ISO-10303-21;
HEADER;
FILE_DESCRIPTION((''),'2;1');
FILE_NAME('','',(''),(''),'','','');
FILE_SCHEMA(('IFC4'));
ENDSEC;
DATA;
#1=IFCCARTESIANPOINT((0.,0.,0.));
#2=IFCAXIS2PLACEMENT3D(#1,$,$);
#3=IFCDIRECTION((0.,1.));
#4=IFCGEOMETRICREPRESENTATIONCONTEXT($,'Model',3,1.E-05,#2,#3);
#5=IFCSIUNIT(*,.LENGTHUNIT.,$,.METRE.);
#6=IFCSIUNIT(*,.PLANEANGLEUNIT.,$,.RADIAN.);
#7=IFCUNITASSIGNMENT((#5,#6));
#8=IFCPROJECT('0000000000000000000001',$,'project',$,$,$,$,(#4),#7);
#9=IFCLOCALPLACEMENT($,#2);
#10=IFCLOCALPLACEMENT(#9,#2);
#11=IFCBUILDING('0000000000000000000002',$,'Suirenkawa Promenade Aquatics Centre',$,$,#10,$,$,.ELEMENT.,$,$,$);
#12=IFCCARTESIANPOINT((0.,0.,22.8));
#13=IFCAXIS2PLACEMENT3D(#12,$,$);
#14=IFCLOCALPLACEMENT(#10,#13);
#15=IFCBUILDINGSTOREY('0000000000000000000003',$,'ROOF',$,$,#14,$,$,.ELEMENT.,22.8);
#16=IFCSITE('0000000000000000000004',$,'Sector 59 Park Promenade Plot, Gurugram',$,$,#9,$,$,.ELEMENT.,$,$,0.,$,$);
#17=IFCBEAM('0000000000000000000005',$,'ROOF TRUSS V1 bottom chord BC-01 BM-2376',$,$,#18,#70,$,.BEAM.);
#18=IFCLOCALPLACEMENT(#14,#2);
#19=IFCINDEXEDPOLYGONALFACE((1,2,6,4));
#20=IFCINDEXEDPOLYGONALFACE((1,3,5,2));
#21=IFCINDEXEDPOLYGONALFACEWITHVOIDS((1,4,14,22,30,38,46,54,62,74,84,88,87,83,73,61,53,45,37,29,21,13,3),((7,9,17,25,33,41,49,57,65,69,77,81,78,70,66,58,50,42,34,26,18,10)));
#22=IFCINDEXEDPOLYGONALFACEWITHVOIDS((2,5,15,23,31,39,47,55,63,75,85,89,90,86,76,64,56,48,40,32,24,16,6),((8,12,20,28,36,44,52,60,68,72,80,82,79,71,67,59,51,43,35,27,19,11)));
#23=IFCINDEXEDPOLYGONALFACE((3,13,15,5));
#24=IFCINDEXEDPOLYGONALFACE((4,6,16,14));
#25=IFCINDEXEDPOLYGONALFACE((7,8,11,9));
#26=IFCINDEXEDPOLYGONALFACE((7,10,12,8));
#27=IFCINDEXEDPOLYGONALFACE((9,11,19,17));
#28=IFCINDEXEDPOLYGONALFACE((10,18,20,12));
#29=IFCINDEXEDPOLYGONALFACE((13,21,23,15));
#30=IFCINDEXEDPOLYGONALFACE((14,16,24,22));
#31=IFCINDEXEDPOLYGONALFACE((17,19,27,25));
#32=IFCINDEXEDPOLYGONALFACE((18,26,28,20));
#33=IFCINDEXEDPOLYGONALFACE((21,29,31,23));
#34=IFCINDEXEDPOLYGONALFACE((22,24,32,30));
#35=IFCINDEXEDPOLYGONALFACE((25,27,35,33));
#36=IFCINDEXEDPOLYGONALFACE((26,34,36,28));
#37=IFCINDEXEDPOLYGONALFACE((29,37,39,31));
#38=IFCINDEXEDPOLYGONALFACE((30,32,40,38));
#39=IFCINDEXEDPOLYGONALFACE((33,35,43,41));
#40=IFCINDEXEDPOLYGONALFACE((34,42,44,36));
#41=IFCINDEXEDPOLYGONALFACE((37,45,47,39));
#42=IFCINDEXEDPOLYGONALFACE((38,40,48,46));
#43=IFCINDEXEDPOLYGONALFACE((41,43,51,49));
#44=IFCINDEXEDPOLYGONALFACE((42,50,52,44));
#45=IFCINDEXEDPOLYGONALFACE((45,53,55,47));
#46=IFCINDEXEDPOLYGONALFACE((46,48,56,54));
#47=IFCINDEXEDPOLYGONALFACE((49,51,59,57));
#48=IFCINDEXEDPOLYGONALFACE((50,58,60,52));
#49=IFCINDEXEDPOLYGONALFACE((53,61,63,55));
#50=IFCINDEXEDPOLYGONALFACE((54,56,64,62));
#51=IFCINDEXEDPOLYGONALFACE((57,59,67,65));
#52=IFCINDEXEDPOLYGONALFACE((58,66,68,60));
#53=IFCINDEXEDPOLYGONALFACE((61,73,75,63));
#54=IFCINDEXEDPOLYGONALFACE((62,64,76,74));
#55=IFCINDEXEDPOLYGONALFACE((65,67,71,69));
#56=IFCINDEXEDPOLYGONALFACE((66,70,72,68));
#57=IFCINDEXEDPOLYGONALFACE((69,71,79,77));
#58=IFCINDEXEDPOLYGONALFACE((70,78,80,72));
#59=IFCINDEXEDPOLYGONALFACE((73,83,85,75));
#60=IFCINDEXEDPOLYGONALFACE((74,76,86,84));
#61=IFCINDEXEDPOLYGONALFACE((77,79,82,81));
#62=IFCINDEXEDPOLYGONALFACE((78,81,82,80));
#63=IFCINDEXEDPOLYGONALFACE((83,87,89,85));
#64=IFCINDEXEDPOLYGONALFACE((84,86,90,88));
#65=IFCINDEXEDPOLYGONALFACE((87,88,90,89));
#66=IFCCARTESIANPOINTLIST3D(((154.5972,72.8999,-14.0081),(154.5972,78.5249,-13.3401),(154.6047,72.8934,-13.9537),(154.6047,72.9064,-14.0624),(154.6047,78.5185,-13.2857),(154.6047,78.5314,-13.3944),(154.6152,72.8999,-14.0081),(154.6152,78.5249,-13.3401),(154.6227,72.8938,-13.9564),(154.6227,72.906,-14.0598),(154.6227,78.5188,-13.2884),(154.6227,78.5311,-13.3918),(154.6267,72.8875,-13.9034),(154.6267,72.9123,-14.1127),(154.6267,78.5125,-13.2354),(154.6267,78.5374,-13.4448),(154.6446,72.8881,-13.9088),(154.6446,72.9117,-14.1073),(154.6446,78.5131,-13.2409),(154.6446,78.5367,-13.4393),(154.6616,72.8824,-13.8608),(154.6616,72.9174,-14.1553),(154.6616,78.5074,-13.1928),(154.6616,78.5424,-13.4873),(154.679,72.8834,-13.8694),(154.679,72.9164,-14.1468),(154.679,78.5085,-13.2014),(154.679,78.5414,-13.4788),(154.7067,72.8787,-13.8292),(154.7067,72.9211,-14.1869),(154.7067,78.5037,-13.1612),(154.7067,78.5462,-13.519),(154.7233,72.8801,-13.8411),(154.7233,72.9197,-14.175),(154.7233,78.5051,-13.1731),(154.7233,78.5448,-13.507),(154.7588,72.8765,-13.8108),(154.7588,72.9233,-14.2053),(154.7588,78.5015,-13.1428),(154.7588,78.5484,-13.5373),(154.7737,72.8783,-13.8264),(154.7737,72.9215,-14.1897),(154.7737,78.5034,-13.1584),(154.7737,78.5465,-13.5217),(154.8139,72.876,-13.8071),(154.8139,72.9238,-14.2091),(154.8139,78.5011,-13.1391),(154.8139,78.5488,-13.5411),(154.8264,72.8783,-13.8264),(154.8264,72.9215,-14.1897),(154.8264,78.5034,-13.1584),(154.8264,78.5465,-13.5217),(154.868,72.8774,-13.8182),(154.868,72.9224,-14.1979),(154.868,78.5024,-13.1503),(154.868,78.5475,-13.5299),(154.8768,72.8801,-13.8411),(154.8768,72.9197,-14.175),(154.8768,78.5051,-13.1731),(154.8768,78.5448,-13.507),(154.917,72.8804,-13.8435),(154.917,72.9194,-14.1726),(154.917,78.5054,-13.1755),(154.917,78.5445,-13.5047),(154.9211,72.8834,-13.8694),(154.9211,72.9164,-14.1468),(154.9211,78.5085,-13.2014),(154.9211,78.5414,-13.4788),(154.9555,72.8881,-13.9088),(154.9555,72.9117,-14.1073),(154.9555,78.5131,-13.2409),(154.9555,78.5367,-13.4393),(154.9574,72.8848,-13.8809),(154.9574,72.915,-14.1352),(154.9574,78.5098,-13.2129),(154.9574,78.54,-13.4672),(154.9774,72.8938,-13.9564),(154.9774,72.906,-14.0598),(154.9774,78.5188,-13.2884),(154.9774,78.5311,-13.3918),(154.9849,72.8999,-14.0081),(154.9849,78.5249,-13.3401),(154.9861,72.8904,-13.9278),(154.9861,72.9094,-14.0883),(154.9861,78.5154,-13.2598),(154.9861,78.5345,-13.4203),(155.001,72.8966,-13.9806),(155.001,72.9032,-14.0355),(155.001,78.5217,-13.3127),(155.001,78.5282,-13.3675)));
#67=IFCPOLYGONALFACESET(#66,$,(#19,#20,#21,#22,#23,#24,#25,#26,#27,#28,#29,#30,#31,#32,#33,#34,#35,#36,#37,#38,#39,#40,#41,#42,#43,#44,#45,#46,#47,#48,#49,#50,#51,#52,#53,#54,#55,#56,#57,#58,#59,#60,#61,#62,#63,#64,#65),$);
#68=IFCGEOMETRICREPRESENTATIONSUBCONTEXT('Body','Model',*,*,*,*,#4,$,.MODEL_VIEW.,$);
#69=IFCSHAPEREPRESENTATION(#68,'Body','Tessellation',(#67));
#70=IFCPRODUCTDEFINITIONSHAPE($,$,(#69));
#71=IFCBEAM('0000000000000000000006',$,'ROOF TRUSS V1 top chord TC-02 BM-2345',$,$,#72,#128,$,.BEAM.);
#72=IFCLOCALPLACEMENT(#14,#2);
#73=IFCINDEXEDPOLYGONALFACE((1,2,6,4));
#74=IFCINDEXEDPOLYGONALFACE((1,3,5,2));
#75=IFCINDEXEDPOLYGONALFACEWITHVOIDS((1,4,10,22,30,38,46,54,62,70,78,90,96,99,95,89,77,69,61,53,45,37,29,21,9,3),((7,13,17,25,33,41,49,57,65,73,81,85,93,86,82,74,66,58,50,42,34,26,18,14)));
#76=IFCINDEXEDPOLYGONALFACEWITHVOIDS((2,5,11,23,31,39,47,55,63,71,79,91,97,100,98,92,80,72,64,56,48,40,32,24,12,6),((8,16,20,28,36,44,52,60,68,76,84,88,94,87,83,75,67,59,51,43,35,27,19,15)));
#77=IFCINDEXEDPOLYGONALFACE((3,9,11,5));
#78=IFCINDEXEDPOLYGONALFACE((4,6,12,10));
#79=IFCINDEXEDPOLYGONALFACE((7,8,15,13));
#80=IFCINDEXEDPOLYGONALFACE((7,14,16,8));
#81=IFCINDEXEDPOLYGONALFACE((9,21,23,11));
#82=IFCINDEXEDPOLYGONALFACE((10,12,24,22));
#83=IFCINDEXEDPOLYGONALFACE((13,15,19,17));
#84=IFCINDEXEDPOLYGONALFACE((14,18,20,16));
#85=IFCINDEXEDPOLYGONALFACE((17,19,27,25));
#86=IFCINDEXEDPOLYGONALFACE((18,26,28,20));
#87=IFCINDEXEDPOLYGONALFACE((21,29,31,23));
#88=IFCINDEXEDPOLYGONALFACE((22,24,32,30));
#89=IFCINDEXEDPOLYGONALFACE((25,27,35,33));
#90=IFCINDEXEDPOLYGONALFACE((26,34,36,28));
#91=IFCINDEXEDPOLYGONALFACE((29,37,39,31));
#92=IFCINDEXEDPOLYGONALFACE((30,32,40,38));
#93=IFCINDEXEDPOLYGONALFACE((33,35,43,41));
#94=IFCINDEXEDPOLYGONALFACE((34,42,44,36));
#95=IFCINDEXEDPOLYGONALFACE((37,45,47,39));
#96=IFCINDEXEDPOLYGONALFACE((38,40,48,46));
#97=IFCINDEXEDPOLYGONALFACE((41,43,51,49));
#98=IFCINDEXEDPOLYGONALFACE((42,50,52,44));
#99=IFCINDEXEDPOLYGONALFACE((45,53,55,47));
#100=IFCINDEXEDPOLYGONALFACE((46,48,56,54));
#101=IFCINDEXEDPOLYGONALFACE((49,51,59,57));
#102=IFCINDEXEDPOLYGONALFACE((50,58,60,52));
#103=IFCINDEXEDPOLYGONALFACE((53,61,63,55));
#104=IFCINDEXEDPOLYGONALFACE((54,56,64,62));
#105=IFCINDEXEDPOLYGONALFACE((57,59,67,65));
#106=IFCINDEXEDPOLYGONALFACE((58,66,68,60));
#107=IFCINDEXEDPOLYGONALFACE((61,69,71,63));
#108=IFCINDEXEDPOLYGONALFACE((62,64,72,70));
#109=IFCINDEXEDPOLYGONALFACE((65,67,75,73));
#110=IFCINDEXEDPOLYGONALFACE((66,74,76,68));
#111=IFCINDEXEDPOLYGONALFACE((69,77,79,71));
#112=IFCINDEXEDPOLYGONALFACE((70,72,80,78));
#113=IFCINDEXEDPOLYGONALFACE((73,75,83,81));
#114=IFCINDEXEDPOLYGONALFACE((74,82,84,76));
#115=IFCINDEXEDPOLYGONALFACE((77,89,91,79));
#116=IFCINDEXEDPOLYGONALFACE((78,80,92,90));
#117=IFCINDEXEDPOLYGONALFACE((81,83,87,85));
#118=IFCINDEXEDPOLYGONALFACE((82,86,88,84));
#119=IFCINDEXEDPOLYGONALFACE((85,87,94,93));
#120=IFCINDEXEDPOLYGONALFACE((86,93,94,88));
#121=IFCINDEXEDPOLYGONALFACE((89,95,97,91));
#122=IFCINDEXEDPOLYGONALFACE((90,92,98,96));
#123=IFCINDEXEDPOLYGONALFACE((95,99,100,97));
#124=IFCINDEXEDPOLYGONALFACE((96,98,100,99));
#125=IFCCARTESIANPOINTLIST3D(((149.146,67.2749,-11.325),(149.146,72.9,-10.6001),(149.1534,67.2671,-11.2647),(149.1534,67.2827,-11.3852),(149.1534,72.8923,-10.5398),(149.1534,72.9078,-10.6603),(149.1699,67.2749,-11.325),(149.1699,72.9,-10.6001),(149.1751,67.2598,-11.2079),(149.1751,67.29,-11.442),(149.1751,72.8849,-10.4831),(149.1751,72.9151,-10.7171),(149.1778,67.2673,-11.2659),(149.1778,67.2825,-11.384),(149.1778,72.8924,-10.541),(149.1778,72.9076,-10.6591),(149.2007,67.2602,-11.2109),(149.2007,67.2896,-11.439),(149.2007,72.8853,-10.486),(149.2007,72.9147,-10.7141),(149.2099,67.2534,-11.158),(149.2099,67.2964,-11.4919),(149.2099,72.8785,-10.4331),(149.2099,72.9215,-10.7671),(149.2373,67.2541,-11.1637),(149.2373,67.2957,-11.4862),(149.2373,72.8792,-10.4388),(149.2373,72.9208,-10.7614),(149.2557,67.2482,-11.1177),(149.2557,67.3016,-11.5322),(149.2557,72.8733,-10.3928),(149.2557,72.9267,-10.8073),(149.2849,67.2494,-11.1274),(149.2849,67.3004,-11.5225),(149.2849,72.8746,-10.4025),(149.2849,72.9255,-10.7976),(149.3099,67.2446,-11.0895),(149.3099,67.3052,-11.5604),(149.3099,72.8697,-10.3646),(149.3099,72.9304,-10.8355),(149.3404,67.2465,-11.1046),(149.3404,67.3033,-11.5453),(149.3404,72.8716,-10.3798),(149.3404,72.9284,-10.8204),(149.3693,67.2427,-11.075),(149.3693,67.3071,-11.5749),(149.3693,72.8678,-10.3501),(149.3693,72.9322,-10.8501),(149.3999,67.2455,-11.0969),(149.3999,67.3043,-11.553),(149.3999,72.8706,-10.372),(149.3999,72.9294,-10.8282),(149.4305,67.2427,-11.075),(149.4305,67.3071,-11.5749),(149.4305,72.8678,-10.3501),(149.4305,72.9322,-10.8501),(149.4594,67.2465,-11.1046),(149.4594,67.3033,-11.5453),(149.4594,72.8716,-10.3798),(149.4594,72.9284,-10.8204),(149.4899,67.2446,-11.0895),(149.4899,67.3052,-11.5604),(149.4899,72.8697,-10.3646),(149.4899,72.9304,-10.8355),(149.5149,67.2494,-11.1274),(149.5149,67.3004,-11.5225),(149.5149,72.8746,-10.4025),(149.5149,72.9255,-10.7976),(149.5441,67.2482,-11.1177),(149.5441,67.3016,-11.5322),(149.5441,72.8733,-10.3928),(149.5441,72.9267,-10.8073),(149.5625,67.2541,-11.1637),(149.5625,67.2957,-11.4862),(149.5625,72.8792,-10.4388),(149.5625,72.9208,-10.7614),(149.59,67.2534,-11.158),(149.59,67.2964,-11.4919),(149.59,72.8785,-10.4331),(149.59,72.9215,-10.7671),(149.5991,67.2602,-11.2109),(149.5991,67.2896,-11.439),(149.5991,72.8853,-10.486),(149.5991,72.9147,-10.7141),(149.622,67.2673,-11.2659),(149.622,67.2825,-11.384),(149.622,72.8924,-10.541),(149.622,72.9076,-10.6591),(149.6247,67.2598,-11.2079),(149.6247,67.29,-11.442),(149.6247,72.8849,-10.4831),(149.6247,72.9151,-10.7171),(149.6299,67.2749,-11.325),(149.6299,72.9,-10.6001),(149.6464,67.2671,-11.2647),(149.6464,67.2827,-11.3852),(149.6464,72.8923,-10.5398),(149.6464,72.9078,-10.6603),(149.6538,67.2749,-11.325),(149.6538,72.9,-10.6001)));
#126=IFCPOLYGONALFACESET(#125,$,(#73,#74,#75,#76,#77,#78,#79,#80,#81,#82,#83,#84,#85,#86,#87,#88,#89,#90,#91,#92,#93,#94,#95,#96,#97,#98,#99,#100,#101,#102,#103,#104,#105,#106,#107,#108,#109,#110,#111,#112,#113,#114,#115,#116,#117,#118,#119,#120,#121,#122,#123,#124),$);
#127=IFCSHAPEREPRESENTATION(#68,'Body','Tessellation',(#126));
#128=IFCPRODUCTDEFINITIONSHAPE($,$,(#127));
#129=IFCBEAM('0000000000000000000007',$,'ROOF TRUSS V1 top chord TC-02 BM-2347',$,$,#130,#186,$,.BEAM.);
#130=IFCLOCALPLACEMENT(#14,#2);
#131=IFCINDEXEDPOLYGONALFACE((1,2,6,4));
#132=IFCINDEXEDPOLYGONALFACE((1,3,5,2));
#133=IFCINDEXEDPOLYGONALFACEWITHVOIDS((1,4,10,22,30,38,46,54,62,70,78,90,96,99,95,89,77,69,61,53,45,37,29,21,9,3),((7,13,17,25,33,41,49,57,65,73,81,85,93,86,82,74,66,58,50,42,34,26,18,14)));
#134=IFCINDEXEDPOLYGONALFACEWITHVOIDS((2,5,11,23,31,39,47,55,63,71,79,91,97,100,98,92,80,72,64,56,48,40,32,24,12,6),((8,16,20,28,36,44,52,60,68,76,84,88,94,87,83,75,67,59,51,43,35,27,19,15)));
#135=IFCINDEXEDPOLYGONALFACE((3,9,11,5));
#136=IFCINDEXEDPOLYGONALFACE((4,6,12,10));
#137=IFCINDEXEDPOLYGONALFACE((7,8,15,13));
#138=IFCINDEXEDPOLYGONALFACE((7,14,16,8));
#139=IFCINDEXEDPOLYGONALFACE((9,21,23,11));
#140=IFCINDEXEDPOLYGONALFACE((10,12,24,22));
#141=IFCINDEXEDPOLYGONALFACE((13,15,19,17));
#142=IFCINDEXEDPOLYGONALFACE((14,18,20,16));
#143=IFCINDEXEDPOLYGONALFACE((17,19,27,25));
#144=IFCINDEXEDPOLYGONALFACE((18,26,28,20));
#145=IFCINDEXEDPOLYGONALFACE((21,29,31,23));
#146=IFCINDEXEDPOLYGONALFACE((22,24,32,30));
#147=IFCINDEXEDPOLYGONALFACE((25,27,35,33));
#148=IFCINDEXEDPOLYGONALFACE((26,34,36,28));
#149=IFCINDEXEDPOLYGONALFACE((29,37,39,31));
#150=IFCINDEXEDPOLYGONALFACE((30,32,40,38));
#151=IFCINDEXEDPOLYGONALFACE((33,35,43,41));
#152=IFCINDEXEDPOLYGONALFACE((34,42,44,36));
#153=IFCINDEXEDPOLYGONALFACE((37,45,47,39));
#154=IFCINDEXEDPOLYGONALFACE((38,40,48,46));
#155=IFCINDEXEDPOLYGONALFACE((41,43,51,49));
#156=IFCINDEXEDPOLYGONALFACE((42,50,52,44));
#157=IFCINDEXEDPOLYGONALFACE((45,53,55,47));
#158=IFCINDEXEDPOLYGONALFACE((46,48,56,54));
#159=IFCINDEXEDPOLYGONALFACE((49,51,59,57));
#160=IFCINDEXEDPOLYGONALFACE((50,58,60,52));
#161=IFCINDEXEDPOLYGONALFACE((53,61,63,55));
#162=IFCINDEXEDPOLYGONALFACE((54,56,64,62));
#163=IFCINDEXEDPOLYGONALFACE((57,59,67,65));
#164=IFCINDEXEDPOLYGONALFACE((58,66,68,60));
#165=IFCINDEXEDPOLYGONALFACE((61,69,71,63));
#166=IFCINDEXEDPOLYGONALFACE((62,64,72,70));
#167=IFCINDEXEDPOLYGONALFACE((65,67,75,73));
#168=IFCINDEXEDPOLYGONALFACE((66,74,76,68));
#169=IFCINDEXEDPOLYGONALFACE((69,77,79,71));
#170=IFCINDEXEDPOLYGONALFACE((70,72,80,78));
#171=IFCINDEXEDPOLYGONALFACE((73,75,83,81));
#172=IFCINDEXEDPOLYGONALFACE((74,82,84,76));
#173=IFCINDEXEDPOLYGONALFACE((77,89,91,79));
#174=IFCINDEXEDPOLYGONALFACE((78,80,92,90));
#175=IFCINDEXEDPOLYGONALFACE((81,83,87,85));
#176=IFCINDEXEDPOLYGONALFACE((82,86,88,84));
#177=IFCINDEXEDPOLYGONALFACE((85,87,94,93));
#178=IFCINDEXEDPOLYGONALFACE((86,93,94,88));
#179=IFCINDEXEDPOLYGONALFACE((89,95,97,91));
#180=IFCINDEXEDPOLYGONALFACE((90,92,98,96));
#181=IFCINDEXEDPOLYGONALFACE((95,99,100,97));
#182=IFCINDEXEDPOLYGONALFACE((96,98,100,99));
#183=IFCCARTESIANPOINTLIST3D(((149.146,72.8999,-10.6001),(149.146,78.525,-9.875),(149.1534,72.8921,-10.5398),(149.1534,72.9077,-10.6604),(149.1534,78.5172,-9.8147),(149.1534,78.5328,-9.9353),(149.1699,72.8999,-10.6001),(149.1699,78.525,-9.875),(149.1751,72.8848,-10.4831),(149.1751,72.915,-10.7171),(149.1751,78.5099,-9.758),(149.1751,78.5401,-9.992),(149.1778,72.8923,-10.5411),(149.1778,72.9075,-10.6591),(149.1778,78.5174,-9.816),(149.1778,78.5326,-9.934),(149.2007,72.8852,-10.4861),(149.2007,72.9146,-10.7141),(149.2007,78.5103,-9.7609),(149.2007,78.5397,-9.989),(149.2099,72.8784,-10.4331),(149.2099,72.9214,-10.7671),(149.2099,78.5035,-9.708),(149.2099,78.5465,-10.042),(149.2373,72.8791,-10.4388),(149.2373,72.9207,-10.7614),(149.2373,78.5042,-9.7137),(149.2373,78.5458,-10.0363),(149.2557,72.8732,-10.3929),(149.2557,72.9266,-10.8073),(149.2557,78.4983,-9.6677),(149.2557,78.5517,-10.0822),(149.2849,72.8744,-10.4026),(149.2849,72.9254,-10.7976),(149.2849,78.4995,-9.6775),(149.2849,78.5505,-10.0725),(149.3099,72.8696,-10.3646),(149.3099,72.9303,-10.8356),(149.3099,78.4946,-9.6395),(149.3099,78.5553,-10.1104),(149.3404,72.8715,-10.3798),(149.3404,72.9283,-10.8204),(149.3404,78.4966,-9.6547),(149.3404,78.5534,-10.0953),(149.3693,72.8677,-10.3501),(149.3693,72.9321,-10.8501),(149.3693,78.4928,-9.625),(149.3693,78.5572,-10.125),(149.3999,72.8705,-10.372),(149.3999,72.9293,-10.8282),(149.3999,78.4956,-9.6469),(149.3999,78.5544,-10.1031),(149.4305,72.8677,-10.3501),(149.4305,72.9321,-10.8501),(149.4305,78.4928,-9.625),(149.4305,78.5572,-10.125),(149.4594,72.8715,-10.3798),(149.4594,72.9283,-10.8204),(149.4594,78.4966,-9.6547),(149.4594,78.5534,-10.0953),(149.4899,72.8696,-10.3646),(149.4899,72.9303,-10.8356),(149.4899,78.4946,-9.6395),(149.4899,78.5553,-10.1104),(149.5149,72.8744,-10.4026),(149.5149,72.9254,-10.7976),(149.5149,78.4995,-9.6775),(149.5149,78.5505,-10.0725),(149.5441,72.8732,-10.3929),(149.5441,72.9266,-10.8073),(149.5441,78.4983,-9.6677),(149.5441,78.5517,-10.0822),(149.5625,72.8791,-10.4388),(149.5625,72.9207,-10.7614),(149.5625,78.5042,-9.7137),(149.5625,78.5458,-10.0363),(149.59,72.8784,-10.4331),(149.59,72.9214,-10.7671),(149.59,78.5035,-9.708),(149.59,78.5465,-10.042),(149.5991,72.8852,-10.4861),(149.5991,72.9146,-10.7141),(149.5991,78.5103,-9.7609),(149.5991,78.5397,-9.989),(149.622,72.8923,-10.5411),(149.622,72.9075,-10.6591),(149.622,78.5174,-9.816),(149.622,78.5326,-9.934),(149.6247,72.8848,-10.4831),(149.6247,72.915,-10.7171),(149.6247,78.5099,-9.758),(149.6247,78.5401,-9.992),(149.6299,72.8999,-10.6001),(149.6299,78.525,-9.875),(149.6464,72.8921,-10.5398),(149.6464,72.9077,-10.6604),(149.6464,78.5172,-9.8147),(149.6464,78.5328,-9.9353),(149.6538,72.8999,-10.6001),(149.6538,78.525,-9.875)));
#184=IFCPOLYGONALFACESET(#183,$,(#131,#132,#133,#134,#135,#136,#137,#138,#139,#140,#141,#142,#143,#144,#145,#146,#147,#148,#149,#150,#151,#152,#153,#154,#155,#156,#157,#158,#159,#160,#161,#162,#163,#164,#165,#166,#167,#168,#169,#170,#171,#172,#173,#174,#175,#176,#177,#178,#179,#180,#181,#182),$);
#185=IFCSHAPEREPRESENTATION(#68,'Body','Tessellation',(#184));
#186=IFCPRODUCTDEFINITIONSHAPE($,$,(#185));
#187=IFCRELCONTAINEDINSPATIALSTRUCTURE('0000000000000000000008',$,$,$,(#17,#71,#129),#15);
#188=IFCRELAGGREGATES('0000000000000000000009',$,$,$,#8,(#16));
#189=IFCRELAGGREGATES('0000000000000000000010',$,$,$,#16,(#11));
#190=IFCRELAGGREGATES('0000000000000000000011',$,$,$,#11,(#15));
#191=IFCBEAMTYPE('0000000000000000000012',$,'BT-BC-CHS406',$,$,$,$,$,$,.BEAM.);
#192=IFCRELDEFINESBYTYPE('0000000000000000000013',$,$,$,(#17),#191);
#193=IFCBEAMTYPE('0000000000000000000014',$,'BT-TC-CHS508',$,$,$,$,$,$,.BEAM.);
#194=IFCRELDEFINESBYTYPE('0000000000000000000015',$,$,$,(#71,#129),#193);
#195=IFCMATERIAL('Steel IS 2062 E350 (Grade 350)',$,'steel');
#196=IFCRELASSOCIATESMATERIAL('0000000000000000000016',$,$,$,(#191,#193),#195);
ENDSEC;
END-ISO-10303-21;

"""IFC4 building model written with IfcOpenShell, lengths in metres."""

from ifc_helpers import new_model, si_unit, direction, frame, origin, origin_2d, place, context, subcontext, project, spatial, hollow_circle, extrude, material, material_profile, profile_set, type_object, element, save


model = new_model("IFC4")

# Units and contexts
model_context = context("Model", 3, precision=1e-05, world=origin(), true_north=direction((0.0, 1.0)))
body_context = subcontext(model_context, "Body", "Model", "MODEL_VIEW")
ifc_project = project(units=[si_unit("LENGTHUNIT", "METRE"), si_unit("PLANEANGLEUNIT", "RADIAN")], contexts=[model_context])

# Site, building, storey
site_placement = place(None, origin())
site = spatial("IfcSite", under=ifc_project, at=site_placement, Name="Sector 59 Park Promenade Plot, Gurugram", CompositionType="ELEMENT", RefElevation=0.0)
building_placement = place(site_placement, origin())
building = spatial("IfcBuilding", under=site, at=building_placement, Name="Suirenkawa Promenade Aquatics Centre", CompositionType="ELEMENT")
storey_placement = place(building_placement, frame((0.0, 0.0, 22.8)))
storey = spatial("IfcBuildingStorey", under=building, at=storey_placement, Name="ROOF", CompositionType="ELEMENT", Elevation=22.8)

# Beams
ifc_material = material(Name="Steel IS 2062 E350 (Grade 350)", Category="steel")
ifc_material_profile_1 = material_profile(ifc_material, hollow_circle(Radius=0.2029, WallThickness=0.0181, at=origin_2d()), Name="CHS 406x18", Category="steel")
ifc_profile_set_1 = profile_set([ifc_material_profile_1], Name="Steel IS 2062 E350 (Grade 350)")
beam_type_1 = type_object("IfcBeamType", Name="BT-BC-CHS406", PredefinedType="BEAM", material=ifc_profile_set_1)
beam_1_placement = place(storey_placement, frame((154.8, 72.8999, -14.0081), z_axis=(0.0, 0.993023, 0.117921), x_axis=(-1.0, 0.0, 0.0)))
element("IfcBeam", 1, at=beam_1_placement, inside=storey, type_object=beam_type_1, Name="ROOF TRUSS V1 bottom chord BC-01 BM-2376", PredefinedType="BEAM", context=body_context, shape_type="SweptSolid", body=[
    extrude(hollow_circle(Radius=0.2029, WallThickness=0.0181, at=origin_2d()), origin(), (0.0, 0.0, 1.0), 5.6646),
])
ifc_material_profile_2 = material_profile(ifc_material, hollow_circle(Radius=0.2539, WallThickness=0.0239, at=origin_2d()), Name="CHS 508x24", Category="steel")
ifc_profile_set_2 = profile_set([ifc_material_profile_2], Name="Steel IS 2062 E350 (Grade 350)")
beam_type_2 = type_object("IfcBeamType", Name="BT-TC-CHS508", PredefinedType="BEAM", material=ifc_profile_set_2)
for number, where, z_axis, x_axis, name in (
    (2, (149.3999, 67.2749, -11.325), (0.0, 0.991799, 0.127806), (-1.0, 0.0, 0.0), "ROOF TRUSS V1 top chord TC-02 BM-2345"),
    (3, (149.3999, 72.8999, -10.6001), (0.0, 0.991794, 0.127848), (-1.0, 0.0, 0.0), "ROOF TRUSS V1 top chord TC-02 BM-2347"),
):
    element("IfcBeam", number, at=place(storey_placement, frame(where, z_axis=z_axis, x_axis=x_axis)), inside=storey, type_object=beam_type_2, Name=name, PredefinedType="BEAM", context=body_context, shape_type="SweptSolid", body=[
        extrude(hollow_circle(Radius=0.2539, WallThickness=0.0239, at=origin_2d()), origin(), (0.0, 0.0, 1.0), 5.6716),
    ])

save(model, "model.ifc")
